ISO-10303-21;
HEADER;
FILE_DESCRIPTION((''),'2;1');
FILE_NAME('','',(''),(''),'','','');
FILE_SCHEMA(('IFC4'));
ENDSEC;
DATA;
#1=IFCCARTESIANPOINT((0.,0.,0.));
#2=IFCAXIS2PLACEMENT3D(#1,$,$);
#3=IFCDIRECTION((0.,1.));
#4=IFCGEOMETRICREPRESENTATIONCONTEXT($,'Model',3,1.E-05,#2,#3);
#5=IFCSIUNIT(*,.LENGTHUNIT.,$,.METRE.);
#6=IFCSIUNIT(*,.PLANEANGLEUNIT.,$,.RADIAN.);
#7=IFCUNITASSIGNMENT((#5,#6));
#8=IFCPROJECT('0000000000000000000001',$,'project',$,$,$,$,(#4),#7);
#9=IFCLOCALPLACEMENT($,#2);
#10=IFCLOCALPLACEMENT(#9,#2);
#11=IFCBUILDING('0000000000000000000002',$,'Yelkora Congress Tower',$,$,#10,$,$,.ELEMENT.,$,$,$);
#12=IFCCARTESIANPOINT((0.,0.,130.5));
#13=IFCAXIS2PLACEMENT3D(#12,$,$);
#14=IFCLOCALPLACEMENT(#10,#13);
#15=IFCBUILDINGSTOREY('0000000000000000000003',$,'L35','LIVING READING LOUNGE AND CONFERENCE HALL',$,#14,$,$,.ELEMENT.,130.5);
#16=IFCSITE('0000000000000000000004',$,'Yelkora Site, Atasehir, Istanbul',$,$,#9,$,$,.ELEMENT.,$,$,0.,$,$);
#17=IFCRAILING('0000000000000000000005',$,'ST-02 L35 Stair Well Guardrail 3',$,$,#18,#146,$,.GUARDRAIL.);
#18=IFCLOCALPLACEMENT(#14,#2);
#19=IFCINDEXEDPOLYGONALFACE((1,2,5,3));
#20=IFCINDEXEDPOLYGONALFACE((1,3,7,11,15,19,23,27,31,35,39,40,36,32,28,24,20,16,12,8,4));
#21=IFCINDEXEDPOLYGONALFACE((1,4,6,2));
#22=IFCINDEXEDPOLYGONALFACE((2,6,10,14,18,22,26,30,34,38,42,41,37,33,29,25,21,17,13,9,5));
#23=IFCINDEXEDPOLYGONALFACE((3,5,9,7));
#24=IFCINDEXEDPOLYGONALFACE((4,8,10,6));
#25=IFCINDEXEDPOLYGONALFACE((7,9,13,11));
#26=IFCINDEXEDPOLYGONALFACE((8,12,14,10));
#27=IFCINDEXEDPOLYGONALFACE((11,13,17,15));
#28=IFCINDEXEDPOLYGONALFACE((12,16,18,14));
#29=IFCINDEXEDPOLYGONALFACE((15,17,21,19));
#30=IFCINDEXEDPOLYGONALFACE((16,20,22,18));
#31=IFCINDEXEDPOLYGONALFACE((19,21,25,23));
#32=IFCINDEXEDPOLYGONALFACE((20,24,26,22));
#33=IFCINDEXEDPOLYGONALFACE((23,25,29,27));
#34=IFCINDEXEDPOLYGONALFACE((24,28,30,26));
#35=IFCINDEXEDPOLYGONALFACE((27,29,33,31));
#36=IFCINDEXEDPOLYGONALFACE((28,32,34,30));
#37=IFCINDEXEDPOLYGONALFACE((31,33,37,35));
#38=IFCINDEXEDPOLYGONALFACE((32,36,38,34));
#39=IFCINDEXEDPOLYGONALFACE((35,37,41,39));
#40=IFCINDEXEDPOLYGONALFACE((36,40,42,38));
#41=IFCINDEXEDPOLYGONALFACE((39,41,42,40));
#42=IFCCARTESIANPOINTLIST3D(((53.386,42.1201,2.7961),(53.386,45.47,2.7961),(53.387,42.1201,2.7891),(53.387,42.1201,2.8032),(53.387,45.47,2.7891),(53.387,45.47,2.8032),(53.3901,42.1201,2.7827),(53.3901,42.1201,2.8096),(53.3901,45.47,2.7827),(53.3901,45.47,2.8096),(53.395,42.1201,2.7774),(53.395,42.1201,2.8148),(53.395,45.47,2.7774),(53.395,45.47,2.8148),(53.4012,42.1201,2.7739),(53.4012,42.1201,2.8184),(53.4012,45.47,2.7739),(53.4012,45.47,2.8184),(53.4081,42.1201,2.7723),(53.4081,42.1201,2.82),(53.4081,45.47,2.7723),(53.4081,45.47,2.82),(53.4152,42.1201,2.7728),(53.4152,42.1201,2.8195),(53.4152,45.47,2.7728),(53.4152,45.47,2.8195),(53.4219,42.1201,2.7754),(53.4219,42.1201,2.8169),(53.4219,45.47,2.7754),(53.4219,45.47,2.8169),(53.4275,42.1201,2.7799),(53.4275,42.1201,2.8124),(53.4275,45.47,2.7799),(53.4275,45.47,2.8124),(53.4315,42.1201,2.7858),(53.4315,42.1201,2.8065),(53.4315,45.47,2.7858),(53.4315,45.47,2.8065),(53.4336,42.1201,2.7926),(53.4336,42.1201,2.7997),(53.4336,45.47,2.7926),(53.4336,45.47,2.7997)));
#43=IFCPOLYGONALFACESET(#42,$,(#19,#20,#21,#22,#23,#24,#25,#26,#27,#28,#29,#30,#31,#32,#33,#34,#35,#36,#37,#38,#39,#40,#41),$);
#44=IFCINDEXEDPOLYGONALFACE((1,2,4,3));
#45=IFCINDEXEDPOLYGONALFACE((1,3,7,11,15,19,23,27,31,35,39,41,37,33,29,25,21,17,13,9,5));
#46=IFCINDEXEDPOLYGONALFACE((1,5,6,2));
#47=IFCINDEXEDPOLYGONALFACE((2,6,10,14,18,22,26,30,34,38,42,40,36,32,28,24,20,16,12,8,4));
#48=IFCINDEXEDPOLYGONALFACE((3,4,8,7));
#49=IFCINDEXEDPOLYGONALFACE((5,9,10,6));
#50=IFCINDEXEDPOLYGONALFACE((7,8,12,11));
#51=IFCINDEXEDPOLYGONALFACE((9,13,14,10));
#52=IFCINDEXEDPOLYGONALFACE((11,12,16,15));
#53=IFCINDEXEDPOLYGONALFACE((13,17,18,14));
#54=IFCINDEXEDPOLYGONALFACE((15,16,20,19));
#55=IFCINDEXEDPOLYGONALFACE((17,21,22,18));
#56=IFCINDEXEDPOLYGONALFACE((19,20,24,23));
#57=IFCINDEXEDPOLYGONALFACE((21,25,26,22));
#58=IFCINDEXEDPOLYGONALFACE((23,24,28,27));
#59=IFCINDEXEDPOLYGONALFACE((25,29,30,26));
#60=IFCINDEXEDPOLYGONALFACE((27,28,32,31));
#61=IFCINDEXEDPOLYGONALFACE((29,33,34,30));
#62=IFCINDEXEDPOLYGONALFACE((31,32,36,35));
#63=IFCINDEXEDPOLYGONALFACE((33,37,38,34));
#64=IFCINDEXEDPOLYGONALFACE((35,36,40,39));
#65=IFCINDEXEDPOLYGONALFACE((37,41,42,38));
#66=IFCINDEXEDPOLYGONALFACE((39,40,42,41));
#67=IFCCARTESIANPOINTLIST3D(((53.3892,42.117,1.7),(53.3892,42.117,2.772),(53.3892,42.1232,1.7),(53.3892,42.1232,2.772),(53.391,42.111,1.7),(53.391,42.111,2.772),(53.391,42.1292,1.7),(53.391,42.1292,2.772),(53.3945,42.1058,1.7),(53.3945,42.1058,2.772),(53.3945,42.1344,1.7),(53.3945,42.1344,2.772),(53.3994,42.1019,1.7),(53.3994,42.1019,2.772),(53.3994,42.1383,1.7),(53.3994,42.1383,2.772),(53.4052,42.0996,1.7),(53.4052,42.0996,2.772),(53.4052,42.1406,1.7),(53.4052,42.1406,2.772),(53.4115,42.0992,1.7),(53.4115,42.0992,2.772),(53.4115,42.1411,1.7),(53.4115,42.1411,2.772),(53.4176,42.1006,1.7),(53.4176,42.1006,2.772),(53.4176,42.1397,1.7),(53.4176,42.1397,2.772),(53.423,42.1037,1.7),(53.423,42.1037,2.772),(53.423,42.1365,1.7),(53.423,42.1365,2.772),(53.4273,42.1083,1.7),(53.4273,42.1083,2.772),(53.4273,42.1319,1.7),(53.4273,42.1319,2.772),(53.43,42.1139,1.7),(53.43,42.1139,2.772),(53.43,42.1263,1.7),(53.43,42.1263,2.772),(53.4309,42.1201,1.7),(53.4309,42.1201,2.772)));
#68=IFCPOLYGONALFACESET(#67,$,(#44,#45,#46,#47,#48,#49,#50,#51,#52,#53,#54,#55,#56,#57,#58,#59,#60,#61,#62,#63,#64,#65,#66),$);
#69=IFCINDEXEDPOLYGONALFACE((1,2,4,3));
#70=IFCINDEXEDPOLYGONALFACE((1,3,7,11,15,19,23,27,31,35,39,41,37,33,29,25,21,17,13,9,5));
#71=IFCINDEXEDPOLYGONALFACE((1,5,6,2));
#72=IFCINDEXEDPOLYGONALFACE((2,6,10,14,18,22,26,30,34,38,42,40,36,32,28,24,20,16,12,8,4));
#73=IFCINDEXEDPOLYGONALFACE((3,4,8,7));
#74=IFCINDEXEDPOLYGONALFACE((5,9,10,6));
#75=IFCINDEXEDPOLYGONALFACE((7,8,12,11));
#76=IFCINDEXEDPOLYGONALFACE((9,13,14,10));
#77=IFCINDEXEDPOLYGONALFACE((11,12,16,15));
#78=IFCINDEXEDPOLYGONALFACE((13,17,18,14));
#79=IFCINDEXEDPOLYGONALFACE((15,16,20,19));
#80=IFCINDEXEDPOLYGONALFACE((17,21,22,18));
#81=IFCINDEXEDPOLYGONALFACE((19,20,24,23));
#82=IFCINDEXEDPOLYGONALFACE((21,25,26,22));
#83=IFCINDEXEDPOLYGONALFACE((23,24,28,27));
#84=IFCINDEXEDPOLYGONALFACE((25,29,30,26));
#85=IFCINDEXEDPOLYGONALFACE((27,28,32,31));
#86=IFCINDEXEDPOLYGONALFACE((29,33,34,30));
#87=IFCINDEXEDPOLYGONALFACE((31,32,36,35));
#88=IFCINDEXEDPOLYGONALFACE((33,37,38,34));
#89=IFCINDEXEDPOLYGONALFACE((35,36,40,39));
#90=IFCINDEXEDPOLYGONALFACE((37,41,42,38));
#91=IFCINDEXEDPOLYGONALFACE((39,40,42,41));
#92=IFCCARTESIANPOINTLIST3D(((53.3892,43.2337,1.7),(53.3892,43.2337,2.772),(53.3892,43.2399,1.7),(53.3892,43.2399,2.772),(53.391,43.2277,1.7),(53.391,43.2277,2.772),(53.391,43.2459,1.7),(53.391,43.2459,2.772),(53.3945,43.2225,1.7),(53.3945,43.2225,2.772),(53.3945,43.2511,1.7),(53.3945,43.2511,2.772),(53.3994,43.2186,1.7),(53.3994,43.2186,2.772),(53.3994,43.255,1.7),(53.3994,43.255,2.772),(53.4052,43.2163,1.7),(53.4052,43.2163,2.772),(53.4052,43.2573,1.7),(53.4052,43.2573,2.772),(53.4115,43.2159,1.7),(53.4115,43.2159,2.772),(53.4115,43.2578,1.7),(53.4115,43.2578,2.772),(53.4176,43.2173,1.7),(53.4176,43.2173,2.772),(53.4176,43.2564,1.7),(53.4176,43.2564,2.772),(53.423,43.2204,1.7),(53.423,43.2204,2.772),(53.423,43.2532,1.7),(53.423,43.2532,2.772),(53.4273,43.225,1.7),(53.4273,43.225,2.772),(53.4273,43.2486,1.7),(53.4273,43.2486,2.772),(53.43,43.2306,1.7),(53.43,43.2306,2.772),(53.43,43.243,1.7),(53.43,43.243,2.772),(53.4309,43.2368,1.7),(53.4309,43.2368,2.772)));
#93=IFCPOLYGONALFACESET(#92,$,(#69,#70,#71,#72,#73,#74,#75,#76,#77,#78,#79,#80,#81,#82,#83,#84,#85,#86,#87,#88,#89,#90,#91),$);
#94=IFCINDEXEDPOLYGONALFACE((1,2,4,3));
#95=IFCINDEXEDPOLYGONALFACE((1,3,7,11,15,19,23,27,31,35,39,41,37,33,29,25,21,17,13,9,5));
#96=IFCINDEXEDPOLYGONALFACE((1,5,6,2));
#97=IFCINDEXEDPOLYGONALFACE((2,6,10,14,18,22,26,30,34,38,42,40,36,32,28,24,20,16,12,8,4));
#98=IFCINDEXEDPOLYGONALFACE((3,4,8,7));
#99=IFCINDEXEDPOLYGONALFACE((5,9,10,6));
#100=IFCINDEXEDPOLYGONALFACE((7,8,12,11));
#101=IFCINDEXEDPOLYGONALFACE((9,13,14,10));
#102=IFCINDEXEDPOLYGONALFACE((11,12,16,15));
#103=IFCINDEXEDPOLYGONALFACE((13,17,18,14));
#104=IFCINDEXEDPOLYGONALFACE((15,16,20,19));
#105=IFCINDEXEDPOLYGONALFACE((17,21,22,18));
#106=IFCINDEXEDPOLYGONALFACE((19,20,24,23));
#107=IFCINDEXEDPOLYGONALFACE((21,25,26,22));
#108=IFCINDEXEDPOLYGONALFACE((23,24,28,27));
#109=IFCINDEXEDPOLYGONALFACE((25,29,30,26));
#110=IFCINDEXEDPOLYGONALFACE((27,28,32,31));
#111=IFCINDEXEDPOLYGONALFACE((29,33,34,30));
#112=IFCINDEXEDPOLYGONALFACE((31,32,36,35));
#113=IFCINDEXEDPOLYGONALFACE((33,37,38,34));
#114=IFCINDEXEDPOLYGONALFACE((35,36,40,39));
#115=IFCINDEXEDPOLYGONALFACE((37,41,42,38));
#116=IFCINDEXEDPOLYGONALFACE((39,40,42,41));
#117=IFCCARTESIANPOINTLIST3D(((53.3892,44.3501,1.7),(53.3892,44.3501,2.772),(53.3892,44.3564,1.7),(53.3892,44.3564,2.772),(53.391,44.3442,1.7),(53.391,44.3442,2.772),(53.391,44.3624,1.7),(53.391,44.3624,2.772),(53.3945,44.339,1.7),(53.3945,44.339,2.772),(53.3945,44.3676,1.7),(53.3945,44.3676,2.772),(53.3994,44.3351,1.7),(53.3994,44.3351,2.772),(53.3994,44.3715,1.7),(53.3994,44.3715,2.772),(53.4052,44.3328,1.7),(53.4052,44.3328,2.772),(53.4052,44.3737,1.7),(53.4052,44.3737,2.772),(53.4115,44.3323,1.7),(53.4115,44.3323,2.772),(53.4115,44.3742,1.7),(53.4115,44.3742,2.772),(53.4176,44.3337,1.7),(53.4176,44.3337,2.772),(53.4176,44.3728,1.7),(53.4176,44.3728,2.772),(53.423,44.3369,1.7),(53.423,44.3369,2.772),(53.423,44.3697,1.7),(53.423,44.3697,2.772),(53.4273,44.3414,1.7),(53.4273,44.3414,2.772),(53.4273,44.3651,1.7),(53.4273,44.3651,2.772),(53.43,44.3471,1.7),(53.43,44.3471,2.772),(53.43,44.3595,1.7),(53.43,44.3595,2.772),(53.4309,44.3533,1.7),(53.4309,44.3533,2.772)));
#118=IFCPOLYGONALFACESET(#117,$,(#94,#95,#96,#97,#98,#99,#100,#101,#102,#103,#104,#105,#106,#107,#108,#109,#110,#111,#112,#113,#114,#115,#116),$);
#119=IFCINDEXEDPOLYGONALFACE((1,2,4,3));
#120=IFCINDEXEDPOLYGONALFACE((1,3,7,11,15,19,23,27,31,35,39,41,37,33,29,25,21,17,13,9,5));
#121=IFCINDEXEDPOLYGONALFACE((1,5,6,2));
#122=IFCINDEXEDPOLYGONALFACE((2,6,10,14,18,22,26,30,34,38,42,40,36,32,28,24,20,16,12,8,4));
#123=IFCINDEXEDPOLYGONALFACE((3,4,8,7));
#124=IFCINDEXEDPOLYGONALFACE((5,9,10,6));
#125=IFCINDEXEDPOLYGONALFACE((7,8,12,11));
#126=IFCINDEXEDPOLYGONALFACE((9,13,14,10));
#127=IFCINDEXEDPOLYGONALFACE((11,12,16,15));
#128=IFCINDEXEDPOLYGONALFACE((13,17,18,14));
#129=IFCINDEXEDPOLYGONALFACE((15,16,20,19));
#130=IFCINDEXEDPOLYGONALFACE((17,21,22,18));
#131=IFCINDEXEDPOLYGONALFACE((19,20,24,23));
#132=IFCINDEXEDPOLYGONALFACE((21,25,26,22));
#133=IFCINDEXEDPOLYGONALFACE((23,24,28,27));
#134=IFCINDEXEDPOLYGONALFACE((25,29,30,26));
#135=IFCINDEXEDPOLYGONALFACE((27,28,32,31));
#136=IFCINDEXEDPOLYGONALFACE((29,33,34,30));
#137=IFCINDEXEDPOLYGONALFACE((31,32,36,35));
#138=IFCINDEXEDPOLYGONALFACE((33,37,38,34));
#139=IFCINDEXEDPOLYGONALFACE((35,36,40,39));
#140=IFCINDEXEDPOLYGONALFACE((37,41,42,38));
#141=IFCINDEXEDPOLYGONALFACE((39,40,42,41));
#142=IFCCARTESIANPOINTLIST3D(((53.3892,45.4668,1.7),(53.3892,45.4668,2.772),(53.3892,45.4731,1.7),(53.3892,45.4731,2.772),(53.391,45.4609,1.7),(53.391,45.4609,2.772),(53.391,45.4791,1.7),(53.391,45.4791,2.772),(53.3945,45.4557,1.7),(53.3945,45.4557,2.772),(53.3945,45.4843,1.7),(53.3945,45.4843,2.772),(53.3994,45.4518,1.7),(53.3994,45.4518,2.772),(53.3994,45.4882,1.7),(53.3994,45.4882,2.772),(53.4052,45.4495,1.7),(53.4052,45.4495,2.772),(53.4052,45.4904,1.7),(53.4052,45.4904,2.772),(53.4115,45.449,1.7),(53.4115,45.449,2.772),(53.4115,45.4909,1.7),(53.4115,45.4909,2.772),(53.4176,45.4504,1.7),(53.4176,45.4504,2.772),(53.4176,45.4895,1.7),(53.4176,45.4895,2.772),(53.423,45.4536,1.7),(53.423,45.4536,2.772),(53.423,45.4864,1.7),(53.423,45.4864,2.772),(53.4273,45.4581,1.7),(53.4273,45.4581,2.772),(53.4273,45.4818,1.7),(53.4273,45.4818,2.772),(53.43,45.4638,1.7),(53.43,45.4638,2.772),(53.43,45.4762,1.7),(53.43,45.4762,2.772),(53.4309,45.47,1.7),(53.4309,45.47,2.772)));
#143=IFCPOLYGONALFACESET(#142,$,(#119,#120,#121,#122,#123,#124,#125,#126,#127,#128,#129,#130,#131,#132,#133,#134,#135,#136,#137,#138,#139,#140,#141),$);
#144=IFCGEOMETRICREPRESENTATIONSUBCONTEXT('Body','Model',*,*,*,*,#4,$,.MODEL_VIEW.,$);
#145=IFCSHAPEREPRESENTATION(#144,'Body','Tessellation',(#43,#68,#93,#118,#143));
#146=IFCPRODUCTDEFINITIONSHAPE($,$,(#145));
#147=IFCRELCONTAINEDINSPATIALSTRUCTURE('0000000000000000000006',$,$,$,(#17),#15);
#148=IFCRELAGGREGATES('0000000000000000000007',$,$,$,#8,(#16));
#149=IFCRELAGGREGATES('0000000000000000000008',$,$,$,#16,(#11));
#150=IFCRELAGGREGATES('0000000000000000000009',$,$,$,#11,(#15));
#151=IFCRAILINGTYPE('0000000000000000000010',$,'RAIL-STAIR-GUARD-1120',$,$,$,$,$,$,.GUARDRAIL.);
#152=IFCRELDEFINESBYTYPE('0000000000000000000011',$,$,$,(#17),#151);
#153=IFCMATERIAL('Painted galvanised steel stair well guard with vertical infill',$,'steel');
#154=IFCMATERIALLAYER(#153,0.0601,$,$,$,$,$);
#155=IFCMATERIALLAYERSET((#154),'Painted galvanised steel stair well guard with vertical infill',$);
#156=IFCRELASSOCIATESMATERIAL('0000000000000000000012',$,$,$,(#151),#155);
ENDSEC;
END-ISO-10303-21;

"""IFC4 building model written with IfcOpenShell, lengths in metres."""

from ifc_helpers import new_model, si_unit, direction, frame, origin, origin_2d, place, context, subcontext, project, spatial, circle, extrude, material, layer, layer_set, type_object, element, save


model = new_model("IFC4")

# Units and contexts
model_context = context("Model", 3, precision=1e-05, world=origin(), true_north=direction((0.0, 1.0)))
body_context = subcontext(model_context, "Body", "Model", "MODEL_VIEW")
ifc_project = project(units=[si_unit("LENGTHUNIT", "METRE"), si_unit("PLANEANGLEUNIT", "RADIAN")], contexts=[model_context])

# Site, building, storey
site_placement = place(None, origin())
site = spatial("IfcSite", under=ifc_project, at=site_placement, Name="Yelkora Site, Atasehir, Istanbul", CompositionType="ELEMENT", RefElevation=0.0)
building_placement = place(site_placement, origin())
building = spatial("IfcBuilding", under=site, at=building_placement, Name="Yelkora Congress Tower", CompositionType="ELEMENT")
storey_placement = place(building_placement, frame((0.0, 0.0, 130.5)))
storey = spatial("IfcBuildingStorey", under=building, at=storey_placement, Name="L35", Description="LIVING READING LOUNGE AND CONFERENCE HALL", CompositionType="ELEMENT", Elevation=130.5)

# Railing
ifc_material_1 = material(Name="Painted galvanised steel stair well guard with vertical infill", Category="steel")
ifc_layer_1 = layer(ifc_material_1, 0.0601)
ifc_layer_set_1 = layer_set([ifc_layer_1], Name="Painted galvanised steel stair well guard with vertical infill")
railing_type_1 = type_object("IfcRailingType", Name="RAIL-STAIR-GUARD-1120", PredefinedType="GUARDRAIL", material=ifc_layer_set_1)
for number, where, name in (
    (1, (53.4099, 42.1201, 1.7), "ST-02 L35 Stair Well Guardrail 3"),
):
    element("IfcRailing", number, at=place(storey_placement, frame(where)), inside=storey, type_object=railing_type_1, Name=name, PredefinedType="GUARDRAIL", context=body_context, shape_type="SweptSolid", body=[
        extrude(circle(Radius=0.0239, at=origin_2d()), frame((0.0, 0.0, 1.0962), z_axis=(0.0, 1.0, 0.0), x_axis=(-1.0, 0.0, 0.0)), (0.0, 0.0, 1.0), 3.3499),
        extrude(circle(Radius=0.021, at=origin_2d()), origin(), (0.0, 0.0, 1.0), 1.072),
        extrude(circle(Radius=0.021, at=origin_2d()), frame((0.0, 1.1167, 0.0)), (0.0, 0.0, 1.0), 1.072),
        extrude(circle(Radius=0.021, at=origin_2d()), frame((0.0, 2.2332, 0.0)), (0.0, 0.0, 1.0), 1.072),
        extrude(circle(Radius=0.021, at=origin_2d()), frame((0.0, 3.3499, 0.0)), (0.0, 0.0, 1.0), 1.072),
    ])

save(model, "model.ifc")
